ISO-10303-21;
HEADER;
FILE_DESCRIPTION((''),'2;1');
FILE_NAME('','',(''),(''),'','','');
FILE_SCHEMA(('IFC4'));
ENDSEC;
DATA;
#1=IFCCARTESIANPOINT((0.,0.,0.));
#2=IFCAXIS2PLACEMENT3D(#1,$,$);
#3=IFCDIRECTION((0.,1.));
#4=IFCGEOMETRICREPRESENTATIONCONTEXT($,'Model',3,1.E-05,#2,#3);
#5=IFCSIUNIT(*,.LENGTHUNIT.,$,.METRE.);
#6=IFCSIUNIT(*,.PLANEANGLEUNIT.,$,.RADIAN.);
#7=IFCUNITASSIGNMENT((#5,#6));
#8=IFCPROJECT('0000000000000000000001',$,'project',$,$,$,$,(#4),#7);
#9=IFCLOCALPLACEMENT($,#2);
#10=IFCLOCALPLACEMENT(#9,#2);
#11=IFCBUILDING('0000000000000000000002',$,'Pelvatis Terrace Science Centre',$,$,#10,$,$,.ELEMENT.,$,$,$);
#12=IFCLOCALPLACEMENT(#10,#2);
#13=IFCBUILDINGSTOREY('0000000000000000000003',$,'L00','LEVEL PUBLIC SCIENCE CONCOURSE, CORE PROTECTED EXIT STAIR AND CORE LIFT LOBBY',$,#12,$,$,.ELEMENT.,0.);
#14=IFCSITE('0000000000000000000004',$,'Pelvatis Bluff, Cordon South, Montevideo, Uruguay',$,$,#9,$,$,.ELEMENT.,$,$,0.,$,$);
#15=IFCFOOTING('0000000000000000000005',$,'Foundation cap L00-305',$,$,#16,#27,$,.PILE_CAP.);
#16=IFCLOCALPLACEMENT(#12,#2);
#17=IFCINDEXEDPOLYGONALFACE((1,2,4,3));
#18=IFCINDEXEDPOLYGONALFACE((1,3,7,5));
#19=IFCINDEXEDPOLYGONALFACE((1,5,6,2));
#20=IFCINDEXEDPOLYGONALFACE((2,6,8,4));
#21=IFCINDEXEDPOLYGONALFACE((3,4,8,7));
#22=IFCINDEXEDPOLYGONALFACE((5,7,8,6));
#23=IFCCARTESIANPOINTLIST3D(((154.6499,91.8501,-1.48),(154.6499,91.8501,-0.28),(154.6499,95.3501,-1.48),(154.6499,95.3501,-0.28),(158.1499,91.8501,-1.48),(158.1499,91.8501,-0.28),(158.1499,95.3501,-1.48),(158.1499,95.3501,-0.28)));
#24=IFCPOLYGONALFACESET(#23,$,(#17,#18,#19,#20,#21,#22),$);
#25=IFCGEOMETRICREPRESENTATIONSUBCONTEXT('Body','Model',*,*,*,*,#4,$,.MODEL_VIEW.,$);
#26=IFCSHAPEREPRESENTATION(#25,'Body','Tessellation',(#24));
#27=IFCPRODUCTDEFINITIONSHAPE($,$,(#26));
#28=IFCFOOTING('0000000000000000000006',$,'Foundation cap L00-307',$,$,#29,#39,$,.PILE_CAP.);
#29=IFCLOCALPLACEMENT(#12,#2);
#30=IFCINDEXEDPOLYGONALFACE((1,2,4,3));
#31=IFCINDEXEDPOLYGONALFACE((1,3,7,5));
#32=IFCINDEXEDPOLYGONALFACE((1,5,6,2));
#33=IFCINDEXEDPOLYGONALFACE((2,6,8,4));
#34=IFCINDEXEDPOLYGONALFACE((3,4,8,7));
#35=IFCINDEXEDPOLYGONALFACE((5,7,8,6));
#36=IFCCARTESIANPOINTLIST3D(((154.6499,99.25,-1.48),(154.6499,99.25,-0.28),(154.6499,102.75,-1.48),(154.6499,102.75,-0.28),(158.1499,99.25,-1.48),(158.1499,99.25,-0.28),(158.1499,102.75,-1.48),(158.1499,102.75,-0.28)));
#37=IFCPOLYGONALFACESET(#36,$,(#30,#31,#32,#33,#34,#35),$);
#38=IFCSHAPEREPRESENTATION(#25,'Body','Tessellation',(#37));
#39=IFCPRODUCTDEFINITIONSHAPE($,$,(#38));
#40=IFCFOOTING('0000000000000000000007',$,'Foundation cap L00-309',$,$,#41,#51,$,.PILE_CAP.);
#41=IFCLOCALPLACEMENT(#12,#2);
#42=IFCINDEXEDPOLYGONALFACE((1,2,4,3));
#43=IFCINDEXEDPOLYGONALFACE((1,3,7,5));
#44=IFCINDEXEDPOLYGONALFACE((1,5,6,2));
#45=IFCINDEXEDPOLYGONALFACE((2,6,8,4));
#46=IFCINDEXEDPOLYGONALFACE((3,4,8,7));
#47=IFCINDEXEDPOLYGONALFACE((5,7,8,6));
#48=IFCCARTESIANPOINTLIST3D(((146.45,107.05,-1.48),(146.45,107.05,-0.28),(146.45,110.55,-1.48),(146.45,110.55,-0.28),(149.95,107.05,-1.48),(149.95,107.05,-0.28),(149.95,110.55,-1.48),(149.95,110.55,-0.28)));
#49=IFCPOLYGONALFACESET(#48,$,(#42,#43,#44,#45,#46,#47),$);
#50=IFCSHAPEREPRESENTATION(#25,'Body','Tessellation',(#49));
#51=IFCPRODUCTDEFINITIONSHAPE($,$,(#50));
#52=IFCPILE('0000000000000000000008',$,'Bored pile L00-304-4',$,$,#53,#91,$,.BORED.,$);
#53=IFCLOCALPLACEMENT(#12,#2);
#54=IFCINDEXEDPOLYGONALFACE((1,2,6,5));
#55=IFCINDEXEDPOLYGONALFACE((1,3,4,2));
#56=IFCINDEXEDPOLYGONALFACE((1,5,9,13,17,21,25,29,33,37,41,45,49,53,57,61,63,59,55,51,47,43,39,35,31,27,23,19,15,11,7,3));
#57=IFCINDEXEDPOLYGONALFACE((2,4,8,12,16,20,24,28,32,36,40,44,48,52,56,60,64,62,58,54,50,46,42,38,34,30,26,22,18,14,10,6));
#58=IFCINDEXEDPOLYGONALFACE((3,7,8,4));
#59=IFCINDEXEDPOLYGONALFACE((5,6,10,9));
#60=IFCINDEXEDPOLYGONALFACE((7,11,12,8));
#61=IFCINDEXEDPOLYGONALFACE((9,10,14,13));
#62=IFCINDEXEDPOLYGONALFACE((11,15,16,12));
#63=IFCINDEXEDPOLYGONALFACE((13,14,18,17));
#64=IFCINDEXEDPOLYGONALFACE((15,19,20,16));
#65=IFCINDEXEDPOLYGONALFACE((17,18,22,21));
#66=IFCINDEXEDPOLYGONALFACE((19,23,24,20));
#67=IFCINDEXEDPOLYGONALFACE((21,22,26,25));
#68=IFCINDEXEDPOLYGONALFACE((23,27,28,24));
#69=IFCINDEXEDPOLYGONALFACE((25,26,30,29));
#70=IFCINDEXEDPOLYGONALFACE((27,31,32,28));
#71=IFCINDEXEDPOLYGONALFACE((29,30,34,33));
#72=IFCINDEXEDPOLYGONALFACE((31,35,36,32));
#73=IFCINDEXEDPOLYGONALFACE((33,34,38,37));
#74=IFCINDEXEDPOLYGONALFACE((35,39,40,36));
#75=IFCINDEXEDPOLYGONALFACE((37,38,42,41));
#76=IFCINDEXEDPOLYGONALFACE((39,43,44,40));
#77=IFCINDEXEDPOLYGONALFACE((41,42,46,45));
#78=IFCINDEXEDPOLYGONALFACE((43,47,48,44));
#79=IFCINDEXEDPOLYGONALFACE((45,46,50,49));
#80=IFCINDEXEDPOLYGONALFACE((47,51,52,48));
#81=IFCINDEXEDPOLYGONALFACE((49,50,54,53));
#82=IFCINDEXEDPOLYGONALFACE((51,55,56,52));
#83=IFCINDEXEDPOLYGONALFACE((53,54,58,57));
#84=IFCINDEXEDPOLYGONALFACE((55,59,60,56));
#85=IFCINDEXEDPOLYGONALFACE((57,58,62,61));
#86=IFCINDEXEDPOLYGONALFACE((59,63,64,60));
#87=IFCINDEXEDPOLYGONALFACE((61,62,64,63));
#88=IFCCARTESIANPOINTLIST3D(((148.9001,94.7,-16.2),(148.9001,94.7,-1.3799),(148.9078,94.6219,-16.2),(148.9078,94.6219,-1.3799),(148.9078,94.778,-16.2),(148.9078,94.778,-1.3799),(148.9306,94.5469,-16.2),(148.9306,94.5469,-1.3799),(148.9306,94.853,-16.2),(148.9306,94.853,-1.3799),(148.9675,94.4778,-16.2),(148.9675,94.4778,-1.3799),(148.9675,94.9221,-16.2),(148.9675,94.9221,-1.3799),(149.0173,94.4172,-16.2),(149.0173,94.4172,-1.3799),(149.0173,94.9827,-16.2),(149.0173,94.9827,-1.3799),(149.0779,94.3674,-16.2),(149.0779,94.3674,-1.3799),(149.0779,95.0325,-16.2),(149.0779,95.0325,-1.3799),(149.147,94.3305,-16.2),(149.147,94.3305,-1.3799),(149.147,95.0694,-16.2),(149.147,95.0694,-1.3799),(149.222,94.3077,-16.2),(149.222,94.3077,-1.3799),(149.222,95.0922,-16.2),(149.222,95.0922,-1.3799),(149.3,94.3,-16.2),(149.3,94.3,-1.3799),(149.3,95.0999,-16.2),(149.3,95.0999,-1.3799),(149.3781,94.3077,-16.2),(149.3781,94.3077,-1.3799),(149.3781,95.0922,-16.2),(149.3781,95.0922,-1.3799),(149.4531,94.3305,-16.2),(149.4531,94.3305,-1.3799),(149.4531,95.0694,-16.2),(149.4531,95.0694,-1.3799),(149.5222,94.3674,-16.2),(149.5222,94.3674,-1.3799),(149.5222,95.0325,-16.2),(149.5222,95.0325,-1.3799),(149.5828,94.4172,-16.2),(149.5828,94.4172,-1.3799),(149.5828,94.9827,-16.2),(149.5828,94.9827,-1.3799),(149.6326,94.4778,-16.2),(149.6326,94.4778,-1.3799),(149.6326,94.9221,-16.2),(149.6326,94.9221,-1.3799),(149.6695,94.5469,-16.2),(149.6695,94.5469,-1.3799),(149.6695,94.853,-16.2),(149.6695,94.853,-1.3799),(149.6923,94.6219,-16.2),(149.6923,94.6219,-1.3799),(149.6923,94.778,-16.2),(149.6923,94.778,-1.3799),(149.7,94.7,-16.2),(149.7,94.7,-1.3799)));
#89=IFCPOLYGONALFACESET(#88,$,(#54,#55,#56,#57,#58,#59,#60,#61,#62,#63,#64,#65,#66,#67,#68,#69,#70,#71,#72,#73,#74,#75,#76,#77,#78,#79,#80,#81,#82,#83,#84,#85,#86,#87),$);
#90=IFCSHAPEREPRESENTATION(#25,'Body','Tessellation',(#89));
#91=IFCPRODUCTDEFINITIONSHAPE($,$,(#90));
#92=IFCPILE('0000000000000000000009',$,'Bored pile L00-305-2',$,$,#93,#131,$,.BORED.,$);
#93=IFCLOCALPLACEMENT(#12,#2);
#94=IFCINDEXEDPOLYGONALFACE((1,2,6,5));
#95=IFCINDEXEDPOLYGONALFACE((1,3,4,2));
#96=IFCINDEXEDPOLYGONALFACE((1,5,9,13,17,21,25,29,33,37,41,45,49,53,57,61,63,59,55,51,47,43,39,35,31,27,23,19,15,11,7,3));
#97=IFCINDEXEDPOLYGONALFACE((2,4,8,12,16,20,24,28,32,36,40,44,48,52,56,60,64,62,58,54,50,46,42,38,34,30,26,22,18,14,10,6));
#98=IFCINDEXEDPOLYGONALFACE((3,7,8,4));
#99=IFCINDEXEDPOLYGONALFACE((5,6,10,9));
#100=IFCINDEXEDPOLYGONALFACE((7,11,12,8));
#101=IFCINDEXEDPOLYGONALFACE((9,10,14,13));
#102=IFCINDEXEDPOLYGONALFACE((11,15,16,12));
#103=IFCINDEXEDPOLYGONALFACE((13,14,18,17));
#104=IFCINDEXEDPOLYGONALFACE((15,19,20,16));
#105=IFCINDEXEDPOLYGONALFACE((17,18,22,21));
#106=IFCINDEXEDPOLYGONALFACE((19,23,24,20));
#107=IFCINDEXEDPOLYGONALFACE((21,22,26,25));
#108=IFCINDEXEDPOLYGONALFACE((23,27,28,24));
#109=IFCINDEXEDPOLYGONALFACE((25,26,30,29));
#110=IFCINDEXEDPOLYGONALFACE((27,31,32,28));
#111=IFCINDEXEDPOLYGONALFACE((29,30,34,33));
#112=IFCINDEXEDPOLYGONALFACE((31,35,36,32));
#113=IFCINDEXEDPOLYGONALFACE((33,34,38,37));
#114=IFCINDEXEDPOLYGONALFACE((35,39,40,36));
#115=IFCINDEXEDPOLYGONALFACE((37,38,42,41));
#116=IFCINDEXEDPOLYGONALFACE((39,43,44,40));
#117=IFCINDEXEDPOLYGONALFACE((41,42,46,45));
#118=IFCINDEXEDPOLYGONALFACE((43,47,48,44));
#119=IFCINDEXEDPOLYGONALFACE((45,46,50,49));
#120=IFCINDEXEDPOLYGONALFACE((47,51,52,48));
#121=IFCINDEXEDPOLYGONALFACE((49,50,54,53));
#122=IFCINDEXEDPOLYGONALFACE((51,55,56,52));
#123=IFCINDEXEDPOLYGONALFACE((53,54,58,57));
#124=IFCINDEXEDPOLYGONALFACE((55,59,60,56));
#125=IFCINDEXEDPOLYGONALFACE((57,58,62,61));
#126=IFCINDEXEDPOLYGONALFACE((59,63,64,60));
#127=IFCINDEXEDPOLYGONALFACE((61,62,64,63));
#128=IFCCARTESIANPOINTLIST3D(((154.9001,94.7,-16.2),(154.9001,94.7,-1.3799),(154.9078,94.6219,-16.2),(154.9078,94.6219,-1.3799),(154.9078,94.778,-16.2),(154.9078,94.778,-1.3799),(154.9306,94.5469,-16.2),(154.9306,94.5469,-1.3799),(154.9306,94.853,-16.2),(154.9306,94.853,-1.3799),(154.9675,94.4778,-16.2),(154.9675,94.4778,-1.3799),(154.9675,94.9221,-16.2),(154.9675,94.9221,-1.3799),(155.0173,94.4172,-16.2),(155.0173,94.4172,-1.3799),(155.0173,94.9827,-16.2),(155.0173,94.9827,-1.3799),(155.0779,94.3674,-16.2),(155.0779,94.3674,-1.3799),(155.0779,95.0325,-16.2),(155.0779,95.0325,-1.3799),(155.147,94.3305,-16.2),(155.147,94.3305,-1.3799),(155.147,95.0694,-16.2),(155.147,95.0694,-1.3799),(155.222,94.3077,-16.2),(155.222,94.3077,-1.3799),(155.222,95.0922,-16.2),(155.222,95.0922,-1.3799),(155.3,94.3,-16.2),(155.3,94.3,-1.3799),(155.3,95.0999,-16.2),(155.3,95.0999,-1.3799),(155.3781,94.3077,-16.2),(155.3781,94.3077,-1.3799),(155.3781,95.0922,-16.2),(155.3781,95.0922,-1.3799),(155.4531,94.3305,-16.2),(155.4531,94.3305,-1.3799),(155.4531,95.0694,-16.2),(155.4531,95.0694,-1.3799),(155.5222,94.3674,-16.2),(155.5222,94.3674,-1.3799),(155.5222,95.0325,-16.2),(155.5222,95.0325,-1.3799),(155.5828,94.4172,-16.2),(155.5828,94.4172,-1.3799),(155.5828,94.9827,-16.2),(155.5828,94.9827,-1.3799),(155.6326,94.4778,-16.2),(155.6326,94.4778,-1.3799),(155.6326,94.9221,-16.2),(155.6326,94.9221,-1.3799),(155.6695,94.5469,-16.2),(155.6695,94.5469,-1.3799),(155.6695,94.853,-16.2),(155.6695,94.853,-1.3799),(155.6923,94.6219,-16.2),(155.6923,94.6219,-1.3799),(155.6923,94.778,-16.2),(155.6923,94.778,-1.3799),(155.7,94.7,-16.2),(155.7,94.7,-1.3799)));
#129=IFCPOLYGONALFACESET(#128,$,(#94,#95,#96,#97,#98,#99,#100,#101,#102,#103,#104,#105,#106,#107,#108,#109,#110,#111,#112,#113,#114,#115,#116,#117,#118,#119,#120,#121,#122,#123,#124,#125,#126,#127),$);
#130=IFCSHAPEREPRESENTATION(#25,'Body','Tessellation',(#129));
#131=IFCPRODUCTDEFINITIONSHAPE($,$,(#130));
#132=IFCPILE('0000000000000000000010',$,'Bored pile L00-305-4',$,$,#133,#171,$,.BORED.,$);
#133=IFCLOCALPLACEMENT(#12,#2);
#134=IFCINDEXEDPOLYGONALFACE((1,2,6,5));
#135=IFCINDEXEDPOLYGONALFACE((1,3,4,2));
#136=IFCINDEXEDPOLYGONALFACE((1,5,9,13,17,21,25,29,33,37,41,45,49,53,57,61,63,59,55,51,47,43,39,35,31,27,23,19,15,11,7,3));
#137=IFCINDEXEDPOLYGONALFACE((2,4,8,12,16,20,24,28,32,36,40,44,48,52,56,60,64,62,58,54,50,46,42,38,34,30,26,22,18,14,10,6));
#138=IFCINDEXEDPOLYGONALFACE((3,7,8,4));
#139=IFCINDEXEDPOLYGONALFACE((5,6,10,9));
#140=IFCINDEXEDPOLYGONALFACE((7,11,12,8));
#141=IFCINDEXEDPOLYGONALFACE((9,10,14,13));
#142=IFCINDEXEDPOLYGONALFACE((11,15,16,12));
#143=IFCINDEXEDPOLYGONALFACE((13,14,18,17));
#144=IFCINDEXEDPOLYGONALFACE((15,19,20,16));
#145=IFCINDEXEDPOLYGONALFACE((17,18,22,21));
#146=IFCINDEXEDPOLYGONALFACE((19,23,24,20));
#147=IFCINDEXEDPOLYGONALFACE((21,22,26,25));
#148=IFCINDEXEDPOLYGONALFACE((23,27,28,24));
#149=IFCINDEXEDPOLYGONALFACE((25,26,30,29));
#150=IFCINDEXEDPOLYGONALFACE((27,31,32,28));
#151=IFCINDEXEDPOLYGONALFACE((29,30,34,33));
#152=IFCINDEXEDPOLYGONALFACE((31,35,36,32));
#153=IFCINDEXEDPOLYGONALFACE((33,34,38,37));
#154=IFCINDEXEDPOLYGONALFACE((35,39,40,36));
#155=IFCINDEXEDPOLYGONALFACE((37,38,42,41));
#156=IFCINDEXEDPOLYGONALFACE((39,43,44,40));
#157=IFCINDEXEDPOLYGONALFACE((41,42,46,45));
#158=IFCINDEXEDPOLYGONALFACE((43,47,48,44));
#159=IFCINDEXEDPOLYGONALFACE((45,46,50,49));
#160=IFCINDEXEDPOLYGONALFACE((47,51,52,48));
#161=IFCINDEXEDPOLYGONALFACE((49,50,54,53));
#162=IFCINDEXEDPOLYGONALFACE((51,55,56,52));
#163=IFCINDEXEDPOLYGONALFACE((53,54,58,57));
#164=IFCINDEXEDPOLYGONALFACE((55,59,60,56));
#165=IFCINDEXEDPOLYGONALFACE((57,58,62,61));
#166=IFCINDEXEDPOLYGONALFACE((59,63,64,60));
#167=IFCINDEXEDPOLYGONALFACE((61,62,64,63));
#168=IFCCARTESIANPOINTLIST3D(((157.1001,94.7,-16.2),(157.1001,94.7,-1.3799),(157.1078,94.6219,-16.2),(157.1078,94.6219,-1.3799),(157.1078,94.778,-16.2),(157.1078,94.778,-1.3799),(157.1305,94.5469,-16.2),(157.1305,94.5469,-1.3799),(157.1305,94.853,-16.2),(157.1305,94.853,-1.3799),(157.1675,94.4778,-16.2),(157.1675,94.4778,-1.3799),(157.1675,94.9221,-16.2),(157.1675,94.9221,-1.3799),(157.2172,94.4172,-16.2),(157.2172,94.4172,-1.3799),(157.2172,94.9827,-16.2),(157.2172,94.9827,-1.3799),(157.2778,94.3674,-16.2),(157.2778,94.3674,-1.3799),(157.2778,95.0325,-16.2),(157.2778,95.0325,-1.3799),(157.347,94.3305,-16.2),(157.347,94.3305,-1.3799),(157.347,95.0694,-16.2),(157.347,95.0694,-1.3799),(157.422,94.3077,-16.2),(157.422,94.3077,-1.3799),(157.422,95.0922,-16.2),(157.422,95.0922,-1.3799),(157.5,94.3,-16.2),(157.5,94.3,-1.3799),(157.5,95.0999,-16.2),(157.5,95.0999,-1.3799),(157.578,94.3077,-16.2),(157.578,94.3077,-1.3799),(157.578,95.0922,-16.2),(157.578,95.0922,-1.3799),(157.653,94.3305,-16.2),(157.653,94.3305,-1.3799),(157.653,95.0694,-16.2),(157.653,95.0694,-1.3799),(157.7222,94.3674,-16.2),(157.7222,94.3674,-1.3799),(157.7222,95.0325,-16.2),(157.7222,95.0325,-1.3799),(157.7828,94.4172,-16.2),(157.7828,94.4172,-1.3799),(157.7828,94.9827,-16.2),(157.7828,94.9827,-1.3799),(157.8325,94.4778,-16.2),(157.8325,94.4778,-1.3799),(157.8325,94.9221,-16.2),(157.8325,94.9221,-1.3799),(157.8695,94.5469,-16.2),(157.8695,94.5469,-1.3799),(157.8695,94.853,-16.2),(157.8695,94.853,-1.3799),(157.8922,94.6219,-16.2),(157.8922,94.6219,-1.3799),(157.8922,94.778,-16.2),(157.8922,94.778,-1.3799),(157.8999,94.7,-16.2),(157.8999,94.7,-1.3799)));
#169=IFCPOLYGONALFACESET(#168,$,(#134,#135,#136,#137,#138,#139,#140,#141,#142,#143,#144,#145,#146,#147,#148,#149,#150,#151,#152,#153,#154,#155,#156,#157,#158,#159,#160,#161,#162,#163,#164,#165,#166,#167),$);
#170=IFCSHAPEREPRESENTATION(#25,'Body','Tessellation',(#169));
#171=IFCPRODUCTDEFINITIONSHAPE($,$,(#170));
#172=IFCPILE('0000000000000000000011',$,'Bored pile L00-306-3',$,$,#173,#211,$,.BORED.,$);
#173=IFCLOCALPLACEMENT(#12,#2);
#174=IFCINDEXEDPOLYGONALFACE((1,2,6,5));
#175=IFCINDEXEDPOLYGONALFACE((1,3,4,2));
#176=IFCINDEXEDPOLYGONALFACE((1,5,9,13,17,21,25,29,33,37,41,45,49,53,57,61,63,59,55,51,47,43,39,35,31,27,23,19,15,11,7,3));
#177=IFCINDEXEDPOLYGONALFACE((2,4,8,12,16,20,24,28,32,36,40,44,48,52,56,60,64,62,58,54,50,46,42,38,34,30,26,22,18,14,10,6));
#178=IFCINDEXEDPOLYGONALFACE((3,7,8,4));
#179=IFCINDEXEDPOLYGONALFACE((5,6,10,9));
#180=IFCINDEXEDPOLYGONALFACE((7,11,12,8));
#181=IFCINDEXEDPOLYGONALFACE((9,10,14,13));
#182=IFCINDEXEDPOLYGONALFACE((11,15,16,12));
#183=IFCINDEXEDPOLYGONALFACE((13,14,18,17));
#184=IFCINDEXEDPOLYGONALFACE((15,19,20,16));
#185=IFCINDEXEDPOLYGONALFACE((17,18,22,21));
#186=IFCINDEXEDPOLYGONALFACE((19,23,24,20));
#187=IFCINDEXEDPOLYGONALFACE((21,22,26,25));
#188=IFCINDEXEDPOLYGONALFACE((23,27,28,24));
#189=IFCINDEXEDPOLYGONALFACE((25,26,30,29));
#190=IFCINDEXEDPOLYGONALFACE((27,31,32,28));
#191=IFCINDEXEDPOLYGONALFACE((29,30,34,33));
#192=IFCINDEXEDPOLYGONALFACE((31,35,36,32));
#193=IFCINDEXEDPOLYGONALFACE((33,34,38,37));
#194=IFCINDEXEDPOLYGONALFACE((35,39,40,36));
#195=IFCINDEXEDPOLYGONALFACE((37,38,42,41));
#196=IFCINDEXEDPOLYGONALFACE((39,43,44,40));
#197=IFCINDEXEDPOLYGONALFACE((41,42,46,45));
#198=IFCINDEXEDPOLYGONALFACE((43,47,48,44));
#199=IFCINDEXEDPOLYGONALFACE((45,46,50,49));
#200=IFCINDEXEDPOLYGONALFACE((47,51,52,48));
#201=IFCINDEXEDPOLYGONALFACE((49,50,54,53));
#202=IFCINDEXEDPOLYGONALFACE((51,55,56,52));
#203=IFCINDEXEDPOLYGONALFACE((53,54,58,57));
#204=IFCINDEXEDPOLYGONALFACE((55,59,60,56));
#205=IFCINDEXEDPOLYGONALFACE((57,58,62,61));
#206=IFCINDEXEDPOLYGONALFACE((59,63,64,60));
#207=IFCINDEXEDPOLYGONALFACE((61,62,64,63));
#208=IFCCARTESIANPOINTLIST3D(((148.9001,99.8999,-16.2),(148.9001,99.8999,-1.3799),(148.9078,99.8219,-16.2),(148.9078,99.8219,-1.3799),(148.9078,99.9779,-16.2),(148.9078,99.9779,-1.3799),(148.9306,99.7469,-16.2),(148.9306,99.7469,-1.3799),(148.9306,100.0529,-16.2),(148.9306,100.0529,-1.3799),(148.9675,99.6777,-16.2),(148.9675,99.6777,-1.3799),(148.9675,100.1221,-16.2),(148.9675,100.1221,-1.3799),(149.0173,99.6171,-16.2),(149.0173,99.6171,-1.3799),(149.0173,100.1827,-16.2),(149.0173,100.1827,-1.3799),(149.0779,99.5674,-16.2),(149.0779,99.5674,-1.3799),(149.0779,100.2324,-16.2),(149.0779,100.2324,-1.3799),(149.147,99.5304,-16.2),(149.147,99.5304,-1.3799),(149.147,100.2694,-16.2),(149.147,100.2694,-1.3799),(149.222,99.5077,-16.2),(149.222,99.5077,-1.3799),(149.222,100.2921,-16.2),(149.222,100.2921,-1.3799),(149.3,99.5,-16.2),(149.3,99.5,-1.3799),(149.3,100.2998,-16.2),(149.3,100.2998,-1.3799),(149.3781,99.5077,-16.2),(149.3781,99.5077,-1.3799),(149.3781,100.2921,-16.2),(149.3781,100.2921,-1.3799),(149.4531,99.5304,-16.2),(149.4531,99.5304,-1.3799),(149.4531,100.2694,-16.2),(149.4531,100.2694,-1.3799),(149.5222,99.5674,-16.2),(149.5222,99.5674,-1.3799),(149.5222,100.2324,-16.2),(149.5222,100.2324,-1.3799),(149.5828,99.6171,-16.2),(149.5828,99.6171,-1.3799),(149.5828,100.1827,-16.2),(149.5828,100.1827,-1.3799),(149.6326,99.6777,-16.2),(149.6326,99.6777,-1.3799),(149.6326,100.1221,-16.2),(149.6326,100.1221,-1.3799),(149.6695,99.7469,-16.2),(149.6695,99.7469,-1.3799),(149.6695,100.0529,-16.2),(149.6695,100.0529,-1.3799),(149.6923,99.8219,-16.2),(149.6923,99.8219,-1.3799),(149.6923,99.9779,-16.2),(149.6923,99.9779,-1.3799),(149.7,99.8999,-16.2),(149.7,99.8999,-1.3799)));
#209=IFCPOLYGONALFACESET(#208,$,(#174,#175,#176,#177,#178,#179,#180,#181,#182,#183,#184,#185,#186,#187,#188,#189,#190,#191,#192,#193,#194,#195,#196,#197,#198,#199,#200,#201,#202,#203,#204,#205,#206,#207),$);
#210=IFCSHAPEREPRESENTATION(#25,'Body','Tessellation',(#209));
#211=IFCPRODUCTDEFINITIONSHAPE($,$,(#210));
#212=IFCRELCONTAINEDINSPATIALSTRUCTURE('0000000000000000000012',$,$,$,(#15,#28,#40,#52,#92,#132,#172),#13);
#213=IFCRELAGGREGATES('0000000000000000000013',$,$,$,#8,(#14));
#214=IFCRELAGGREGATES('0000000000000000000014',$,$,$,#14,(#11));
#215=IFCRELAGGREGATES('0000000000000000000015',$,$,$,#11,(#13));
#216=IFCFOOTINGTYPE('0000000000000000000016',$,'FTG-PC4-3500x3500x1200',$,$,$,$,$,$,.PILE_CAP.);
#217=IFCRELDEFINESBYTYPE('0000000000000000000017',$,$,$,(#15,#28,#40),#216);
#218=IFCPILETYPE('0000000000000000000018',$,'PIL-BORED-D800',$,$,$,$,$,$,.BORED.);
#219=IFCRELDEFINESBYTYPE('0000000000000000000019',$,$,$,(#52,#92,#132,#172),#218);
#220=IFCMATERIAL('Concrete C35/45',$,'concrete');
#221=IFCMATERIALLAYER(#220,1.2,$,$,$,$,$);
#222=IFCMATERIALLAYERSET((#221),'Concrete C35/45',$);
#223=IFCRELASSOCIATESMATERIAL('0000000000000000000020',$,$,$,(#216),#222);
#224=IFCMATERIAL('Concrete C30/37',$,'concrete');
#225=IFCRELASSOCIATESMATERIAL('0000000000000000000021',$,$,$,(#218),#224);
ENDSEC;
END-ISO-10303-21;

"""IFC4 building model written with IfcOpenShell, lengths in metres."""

from ifc_helpers import new_model, si_unit, direction, frame, origin, origin_2d, place, context, subcontext, project, spatial, rectangle, circle, extrude, material, layer, layer_set, material_profile, profile_set, type_object, element, save


model = new_model("IFC4")

# Units and contexts
model_context = context("Model", 3, precision=1e-05, world=origin(), true_north=direction((0.0, 1.0)))
body_context = subcontext(model_context, "Body", "Model", "MODEL_VIEW")
ifc_project = project(units=[si_unit("LENGTHUNIT", "METRE"), si_unit("PLANEANGLEUNIT", "RADIAN")], contexts=[model_context])

# Site, building, storey
site_placement = place(None, origin())
site = spatial("IfcSite", under=ifc_project, at=site_placement, Name="Pelvatis Bluff, Cordon South, Montevideo, Uruguay", CompositionType="ELEMENT", RefElevation=0.0)
building_placement = place(site_placement, origin())
building = spatial("IfcBuilding", under=site, at=building_placement, Name="Pelvatis Terrace Science Centre", CompositionType="ELEMENT")
storey_placement = place(building_placement, origin())
storey = spatial("IfcBuildingStorey", under=building, at=storey_placement, Name="L00", Description="LEVEL PUBLIC SCIENCE CONCOURSE, CORE PROTECTED EXIT STAIR AND CORE LIFT LOBBY", CompositionType="ELEMENT", Elevation=0.0)

# Footings
ifc_material_1 = material(Name="Concrete C35/45", Category="concrete")
ifc_layer = layer(ifc_material_1, 1.2)
ifc_layer_set = layer_set([ifc_layer], Name="Concrete C35/45")
footing_type = type_object("IfcFootingType", Name="FTG-PC4-3500x3500x1200", PredefinedType="PILE_CAP", material=ifc_layer_set)
for number, where, z_axis, x_axis, name in (
    (1, (156.3999, 93.6001, -1.48), (0.0, 0.0, 1.0), (1.0, 0.0, 0.0), "Foundation cap L00-305"),
    (2, (156.3999, 101.0, -1.48), (0.0, 0.0, 1.0), (1.0, 0.0, 0.0), "Foundation cap L00-307"),
    (3, (148.2, 108.8, -1.48), (0.0, 0.0, 1.0), (1.0, 0.0, 0.0), "Foundation cap L00-309"),
):
    element("IfcFooting", number, at=place(storey_placement, frame(where, z_axis=z_axis, x_axis=x_axis)), inside=storey, type_object=footing_type, Name=name, PredefinedType="PILE_CAP", context=body_context, shape_type="SweptSolid", body=[
        extrude(rectangle(XDim=3.5, YDim=3.5, at=origin_2d()), origin(), (0.0, 0.0, 1.0), 1.2),
    ])

# Piles
ifc_material_2 = material(Name="Concrete C30/37", Category="concrete")
ifc_material_profile_1 = material_profile(ifc_material_2, circle(Radius=0.3999, at=origin_2d()), Name="PILE D800")
ifc_profile_set_1 = profile_set([ifc_material_profile_1], Name="Concrete C30/37")
pile_type = type_object("IfcPileType", Name="PIL-BORED-D800", PredefinedType="BORED", material=ifc_profile_set_1)
for number, where, z_axis, x_axis, name in (
    (4, (149.3, 94.7, -1.3799), (0.0, 0.0, -1.0), (1.0, 0.0, 0.0), "Bored pile L00-304-4"),
    (5, (155.3, 94.7, -1.3799), (0.0, 0.0, -1.0), (1.0, 0.0, 0.0), "Bored pile L00-305-2"),
    (6, (157.5, 94.7, -1.3799), (0.0, 0.0, -1.0), (1.0, 0.0, 0.0), "Bored pile L00-305-4"),
    (7, (149.3, 99.8999, -1.3799), (0.0, 0.0, -1.0), (1.0, 0.0, 0.0), "Bored pile L00-306-3"),
):
    element("IfcPile", number, at=place(storey_placement, frame(where, z_axis=z_axis, x_axis=x_axis)), inside=storey, type_object=pile_type, Name=name, PredefinedType="BORED", context=body_context, shape_type="SweptSolid", body=[
        extrude(circle(Radius=0.3999, at=origin_2d()), origin(), (0.0, 0.0, 1.0), 14.8201),
    ])

save(model, "model.ifc")
